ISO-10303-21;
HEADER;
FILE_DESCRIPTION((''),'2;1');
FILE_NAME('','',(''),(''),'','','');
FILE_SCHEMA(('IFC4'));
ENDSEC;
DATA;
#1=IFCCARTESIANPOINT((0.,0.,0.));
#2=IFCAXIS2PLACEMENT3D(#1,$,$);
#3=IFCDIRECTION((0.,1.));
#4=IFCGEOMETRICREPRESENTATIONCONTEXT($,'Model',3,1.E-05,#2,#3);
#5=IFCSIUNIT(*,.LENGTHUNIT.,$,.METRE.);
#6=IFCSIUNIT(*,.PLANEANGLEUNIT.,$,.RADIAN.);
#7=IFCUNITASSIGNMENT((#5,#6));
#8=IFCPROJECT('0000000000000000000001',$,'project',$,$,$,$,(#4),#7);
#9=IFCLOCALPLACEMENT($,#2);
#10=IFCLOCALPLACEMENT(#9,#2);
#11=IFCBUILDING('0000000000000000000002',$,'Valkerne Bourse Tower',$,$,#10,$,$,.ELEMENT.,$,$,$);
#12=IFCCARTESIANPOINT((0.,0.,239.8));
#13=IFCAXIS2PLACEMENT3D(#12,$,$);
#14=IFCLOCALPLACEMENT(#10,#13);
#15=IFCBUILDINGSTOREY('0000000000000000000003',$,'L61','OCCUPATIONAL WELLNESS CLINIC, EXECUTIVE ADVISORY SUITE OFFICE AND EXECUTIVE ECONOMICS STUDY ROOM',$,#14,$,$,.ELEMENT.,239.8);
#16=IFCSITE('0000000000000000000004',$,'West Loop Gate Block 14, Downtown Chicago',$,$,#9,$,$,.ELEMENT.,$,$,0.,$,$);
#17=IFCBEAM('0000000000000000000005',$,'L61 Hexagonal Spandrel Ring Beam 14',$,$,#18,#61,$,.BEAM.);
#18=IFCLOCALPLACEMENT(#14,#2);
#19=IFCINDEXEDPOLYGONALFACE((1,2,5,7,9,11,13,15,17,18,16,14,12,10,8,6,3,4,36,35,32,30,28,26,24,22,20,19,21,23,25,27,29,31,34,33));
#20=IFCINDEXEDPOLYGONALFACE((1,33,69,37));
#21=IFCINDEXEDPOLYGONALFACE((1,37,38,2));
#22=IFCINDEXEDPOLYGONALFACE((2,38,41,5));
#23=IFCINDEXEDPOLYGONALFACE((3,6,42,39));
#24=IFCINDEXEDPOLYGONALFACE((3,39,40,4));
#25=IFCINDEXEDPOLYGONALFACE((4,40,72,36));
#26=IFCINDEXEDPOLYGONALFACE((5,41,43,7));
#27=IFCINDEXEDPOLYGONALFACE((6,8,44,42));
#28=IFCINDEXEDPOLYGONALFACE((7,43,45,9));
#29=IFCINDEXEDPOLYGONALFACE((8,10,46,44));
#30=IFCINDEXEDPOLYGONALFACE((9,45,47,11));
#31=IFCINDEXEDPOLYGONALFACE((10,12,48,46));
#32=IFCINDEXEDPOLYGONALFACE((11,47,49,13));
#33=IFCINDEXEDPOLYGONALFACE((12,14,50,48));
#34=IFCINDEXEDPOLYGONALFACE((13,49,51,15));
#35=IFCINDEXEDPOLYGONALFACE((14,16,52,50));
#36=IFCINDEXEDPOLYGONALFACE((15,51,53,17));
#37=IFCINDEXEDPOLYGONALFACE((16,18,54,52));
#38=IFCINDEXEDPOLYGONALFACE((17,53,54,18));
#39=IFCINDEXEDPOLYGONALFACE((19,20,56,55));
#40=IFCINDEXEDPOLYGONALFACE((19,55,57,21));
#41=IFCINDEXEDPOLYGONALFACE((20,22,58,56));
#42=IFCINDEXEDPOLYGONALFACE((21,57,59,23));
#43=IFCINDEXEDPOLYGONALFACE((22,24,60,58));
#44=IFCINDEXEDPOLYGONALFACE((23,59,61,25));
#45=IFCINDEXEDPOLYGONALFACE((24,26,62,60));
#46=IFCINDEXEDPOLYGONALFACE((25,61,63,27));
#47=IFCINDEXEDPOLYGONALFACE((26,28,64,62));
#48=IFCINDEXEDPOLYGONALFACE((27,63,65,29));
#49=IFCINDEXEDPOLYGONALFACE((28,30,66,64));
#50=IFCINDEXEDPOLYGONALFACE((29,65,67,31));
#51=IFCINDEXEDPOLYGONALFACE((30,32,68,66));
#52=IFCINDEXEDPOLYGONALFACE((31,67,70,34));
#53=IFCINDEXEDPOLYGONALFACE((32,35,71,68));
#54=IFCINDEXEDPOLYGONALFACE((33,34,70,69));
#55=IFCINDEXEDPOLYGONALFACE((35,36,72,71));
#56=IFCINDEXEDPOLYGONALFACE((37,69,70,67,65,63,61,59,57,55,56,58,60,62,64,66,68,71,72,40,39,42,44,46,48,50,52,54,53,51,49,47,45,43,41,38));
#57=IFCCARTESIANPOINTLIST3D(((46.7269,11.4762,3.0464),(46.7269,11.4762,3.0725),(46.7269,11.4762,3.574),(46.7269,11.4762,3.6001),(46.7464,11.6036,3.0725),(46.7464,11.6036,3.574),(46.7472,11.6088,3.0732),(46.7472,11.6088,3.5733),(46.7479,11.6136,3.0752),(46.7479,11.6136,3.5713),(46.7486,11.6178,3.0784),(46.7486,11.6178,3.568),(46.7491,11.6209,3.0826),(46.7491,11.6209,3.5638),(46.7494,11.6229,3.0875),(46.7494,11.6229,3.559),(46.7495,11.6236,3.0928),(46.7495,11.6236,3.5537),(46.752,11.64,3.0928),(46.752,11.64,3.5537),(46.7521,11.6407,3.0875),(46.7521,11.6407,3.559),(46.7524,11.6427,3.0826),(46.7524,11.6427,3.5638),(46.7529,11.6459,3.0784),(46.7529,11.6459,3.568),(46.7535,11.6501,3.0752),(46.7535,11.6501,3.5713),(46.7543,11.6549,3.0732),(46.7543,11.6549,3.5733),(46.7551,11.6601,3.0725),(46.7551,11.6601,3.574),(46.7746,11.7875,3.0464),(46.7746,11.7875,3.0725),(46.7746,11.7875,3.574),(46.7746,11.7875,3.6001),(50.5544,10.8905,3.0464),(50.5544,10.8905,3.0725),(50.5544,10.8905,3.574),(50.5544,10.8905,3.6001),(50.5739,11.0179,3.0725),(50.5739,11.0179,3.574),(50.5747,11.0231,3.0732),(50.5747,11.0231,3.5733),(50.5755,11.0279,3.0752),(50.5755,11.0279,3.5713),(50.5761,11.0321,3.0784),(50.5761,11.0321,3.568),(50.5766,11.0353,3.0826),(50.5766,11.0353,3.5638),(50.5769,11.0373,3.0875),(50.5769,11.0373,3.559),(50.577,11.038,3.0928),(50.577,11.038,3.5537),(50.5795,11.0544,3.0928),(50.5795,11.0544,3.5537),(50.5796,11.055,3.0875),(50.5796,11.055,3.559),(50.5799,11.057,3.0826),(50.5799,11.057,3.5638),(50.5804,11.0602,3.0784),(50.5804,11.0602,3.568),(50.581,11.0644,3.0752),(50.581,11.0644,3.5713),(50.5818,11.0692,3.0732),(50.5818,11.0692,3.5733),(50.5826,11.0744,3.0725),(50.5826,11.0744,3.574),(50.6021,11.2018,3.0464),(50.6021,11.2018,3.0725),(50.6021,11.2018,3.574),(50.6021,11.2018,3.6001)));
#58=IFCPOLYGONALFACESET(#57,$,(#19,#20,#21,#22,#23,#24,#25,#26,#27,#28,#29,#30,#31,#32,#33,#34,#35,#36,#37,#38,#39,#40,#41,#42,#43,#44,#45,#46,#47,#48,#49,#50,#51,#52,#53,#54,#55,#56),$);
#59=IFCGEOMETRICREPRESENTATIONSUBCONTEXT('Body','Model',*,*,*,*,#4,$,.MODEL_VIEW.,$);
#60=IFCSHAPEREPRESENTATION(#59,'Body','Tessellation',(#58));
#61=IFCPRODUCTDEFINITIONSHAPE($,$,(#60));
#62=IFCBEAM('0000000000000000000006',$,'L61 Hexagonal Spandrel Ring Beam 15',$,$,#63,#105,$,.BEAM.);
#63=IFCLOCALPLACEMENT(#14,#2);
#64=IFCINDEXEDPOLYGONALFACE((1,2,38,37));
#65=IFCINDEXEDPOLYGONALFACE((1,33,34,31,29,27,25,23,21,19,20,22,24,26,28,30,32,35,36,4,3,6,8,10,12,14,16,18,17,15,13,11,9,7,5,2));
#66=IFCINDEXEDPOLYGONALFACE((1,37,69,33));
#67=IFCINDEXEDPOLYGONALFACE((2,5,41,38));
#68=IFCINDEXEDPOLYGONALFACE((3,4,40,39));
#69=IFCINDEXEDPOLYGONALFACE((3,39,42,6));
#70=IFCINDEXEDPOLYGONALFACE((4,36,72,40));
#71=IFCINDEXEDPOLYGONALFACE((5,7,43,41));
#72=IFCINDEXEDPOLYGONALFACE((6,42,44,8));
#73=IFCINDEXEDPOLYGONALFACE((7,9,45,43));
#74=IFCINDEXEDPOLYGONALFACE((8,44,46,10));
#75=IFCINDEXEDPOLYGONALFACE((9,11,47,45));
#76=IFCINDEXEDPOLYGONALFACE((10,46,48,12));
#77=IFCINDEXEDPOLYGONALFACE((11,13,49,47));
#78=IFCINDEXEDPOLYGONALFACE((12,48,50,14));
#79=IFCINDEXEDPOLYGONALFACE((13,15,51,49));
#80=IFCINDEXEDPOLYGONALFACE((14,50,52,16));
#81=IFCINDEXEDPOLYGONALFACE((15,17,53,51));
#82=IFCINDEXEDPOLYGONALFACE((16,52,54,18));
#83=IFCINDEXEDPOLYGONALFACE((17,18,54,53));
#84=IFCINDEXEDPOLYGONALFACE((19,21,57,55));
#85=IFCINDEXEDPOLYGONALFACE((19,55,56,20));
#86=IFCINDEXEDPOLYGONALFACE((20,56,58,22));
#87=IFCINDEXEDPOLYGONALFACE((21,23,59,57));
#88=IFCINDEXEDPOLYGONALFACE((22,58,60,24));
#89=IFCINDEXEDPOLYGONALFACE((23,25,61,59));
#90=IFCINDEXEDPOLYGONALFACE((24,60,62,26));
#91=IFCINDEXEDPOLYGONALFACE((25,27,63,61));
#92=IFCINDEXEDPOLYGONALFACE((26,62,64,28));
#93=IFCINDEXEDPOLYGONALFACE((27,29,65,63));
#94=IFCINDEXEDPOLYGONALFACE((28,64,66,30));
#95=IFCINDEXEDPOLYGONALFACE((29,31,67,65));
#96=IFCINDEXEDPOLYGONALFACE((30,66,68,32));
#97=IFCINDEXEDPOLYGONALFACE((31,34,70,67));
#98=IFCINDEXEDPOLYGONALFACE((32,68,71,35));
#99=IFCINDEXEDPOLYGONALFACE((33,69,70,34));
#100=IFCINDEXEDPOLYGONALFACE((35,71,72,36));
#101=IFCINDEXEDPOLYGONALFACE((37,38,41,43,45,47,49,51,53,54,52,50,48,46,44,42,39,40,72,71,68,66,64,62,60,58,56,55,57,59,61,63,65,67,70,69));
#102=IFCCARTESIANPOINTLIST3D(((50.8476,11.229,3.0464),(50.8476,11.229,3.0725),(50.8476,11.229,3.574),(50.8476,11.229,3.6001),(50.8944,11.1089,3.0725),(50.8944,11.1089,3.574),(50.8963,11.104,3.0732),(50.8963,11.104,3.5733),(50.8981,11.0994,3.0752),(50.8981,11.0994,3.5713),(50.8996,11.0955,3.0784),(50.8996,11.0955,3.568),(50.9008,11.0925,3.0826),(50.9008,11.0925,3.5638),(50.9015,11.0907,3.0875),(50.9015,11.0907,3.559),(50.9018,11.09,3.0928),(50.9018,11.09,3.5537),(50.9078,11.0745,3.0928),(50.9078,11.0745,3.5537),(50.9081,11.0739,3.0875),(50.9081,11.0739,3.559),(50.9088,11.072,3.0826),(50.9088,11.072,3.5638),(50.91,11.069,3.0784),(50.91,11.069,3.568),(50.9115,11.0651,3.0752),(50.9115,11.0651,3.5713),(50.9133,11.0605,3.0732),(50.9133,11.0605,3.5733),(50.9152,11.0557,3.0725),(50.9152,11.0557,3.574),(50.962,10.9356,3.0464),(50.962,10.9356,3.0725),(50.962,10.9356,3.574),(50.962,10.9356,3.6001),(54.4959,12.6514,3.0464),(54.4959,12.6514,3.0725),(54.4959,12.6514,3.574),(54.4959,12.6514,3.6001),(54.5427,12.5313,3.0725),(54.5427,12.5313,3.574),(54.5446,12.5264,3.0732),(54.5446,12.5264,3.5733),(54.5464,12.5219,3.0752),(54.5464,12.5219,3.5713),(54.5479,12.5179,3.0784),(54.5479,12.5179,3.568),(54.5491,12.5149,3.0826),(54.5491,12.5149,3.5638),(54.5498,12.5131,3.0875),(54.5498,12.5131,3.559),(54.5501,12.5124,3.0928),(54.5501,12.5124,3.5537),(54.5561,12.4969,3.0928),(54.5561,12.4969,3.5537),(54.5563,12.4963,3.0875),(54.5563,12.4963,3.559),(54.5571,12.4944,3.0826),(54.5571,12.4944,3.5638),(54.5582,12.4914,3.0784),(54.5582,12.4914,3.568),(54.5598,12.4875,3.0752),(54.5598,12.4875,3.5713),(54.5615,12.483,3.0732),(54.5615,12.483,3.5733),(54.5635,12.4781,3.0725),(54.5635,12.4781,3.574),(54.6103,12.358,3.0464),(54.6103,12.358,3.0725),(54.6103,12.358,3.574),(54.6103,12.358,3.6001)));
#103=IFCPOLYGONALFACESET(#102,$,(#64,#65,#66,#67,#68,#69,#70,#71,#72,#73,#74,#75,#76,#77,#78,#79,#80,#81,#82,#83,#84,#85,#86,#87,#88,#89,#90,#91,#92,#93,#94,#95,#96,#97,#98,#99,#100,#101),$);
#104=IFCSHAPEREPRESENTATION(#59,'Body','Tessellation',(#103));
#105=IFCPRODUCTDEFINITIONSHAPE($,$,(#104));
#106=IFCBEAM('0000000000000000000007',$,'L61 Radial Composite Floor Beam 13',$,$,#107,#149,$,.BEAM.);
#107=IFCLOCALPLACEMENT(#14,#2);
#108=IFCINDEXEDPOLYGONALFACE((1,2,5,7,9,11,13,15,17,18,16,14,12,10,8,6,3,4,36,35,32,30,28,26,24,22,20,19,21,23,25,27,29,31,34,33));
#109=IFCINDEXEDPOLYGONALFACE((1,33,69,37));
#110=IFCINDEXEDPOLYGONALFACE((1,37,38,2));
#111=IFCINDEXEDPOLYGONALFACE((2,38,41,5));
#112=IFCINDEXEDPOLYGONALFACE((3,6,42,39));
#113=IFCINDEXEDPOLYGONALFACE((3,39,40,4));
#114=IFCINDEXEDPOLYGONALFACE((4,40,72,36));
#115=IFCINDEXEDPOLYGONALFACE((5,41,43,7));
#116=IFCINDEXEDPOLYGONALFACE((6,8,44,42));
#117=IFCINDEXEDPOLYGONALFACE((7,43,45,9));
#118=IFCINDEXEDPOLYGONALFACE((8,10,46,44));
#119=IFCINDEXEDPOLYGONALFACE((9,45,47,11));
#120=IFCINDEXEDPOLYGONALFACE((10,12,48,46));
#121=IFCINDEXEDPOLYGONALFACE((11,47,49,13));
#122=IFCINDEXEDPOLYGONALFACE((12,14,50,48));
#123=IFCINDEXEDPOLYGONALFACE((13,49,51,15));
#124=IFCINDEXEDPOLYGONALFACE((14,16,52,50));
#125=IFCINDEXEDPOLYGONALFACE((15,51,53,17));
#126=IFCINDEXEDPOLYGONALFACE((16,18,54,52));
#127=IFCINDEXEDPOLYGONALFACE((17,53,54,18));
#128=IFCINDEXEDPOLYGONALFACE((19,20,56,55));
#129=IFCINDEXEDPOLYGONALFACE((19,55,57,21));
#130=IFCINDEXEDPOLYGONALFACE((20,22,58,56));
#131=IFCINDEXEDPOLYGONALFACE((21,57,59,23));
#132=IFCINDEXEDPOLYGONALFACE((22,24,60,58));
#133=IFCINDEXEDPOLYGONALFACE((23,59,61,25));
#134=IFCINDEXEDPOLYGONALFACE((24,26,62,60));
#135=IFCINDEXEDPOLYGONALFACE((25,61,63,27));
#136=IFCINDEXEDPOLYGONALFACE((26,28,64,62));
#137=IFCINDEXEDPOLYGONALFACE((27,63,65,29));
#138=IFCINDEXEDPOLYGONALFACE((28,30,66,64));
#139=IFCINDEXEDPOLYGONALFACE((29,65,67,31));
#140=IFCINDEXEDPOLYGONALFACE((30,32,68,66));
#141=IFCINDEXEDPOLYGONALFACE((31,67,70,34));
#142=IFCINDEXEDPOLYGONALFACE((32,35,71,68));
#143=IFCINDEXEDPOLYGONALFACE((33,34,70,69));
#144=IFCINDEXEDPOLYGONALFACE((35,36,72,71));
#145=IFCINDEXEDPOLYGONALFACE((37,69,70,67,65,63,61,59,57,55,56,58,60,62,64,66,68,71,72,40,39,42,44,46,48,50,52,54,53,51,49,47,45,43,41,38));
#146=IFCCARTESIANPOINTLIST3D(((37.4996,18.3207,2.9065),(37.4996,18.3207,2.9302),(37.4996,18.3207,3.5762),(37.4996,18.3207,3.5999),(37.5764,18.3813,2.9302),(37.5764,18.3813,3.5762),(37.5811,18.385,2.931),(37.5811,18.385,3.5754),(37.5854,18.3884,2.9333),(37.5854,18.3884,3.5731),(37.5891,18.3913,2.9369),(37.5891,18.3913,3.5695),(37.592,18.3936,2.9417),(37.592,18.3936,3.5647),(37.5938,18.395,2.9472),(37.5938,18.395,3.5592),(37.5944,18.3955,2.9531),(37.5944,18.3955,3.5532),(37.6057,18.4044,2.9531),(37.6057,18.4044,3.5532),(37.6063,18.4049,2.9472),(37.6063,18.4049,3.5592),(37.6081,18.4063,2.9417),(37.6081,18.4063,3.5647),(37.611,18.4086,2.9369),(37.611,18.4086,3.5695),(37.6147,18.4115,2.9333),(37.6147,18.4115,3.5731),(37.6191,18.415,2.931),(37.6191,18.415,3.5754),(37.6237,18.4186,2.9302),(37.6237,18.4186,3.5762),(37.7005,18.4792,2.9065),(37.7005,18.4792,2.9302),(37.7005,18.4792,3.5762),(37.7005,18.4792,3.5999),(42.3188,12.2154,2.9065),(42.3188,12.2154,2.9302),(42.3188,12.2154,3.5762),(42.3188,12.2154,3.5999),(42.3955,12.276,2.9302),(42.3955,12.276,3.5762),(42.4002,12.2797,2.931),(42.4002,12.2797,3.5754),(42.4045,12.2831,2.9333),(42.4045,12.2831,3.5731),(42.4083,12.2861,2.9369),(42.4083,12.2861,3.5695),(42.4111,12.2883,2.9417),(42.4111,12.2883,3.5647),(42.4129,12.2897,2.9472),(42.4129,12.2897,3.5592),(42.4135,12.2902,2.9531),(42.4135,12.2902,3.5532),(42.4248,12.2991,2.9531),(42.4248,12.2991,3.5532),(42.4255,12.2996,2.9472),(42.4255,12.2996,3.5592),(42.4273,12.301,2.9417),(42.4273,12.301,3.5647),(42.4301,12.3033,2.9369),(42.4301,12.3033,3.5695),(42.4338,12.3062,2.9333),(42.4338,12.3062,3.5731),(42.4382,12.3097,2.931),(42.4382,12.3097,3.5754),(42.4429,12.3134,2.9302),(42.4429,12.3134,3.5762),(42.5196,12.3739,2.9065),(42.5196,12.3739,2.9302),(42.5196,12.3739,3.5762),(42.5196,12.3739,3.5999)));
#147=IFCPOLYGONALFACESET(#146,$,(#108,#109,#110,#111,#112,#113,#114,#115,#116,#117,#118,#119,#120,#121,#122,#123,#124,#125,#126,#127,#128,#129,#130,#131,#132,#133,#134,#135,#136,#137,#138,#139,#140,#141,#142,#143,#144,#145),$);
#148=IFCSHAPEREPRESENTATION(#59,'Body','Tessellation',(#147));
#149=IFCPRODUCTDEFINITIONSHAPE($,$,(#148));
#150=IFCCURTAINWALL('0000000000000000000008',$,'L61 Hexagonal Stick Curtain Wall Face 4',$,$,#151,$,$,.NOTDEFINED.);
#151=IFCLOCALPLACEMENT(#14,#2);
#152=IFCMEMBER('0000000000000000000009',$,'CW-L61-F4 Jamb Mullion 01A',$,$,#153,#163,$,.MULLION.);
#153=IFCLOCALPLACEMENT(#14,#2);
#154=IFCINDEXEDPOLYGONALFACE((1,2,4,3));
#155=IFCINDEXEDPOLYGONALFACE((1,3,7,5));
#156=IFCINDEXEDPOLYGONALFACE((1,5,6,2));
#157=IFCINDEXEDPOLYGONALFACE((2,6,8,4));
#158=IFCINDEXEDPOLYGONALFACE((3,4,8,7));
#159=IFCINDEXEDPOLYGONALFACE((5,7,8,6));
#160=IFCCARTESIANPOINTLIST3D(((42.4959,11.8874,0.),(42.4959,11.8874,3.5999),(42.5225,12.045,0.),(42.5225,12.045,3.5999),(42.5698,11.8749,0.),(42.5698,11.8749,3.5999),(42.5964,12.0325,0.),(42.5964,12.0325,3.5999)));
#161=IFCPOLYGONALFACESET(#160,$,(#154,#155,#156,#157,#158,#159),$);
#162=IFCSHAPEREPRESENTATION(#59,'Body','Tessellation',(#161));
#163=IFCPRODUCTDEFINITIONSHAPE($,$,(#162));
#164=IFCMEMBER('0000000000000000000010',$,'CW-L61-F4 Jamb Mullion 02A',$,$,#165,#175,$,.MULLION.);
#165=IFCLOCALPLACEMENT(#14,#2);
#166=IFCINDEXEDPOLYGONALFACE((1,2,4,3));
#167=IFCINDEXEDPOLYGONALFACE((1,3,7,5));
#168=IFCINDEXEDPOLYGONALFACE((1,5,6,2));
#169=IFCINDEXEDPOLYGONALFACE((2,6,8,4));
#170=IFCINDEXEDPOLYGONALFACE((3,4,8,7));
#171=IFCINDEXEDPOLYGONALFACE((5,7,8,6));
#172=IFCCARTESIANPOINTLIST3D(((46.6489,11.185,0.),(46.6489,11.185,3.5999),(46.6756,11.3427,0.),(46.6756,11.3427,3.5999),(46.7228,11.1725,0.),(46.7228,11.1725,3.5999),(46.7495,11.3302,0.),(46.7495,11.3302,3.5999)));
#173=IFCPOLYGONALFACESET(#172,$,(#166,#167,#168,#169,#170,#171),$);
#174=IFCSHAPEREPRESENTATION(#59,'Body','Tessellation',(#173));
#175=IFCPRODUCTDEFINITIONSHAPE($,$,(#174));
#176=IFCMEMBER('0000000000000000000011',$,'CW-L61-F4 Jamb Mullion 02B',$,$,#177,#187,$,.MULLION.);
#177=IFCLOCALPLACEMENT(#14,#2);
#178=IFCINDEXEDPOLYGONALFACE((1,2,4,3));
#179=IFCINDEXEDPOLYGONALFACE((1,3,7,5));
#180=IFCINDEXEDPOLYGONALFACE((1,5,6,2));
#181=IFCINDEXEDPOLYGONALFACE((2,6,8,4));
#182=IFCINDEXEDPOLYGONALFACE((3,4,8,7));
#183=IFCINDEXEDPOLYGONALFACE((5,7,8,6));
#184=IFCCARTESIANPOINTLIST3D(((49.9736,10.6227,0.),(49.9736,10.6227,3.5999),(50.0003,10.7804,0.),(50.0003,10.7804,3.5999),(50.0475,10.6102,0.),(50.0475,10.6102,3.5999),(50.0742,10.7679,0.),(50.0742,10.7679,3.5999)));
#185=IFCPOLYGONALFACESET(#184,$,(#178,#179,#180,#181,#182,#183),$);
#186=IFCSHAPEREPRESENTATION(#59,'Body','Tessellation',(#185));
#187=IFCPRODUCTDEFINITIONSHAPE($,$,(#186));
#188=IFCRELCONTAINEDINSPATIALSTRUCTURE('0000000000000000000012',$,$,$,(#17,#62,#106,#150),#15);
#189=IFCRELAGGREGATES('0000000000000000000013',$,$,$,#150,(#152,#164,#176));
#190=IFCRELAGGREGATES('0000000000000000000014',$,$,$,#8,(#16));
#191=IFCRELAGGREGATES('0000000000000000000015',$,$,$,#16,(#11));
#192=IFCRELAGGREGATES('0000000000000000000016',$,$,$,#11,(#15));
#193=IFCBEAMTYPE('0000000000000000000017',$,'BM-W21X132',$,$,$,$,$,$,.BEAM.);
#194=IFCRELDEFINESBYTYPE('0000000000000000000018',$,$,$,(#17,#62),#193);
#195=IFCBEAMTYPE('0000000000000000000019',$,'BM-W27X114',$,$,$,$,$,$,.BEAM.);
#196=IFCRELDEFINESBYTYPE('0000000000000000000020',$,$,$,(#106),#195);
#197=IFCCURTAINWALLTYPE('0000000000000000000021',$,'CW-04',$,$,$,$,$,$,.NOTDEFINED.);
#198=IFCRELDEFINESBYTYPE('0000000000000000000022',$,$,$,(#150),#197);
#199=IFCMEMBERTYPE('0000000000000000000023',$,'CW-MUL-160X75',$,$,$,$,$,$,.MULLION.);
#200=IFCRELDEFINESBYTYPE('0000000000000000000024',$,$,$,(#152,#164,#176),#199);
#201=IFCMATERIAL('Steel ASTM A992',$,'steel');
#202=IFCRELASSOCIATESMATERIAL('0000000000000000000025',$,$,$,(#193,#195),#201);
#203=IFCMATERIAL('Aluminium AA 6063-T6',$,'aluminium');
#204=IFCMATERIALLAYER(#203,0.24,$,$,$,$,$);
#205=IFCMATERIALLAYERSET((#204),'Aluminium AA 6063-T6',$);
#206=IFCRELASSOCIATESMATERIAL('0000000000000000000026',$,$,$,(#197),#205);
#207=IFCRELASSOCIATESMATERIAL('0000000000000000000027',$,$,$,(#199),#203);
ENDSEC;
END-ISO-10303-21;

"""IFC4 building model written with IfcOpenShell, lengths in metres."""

from ifc_helpers import new_model, si_unit, direction, frame, origin, origin_2d, place, context, subcontext, project, spatial, rectangle, i_section, extrude, material, layer, layer_set, material_profile, profile_set, type_object, element, aggregate, save


model = new_model("IFC4")

# Units and contexts
model_context = context("Model", 3, precision=1e-05, world=origin(), true_north=direction((0.0, 1.0)))
body_context = subcontext(model_context, "Body", "Model", "MODEL_VIEW")
ifc_project = project(units=[si_unit("LENGTHUNIT", "METRE"), si_unit("PLANEANGLEUNIT", "RADIAN")], contexts=[model_context])

# Site, building, storey
site_placement = place(None, origin())
site = spatial("IfcSite", under=ifc_project, at=site_placement, Name="West Loop Gate Block 14, Downtown Chicago", CompositionType="ELEMENT", RefElevation=0.0)
building_placement = place(site_placement, origin())
building = spatial("IfcBuilding", under=site, at=building_placement, Name="Valkerne Bourse Tower", CompositionType="ELEMENT")
storey_placement = place(building_placement, frame((0.0, 0.0, 239.8)))
storey = spatial("IfcBuildingStorey", under=building, at=storey_placement, Name="L61", Description="OCCUPATIONAL WELLNESS CLINIC, EXECUTIVE ADVISORY SUITE OFFICE AND EXECUTIVE ECONOMICS STUDY ROOM", CompositionType="ELEMENT", Elevation=239.8)

# Beams
ifc_material_1 = material(Name="Steel ASTM A992", Category="steel")
ifc_material_profile_1 = material_profile(ifc_material_1, i_section(OverallWidth=0.3149, OverallDepth=0.5537, WebThickness=0.0166, FlangeThickness=0.0261, FilletRadius=0.0203, at=origin_2d()), Name="W21X132")
ifc_profile_set_1 = profile_set([ifc_material_profile_1], Name="Steel ASTM A992")
beam_type_1 = type_object("IfcBeamType", Name="BM-W21X132", PredefinedType="BEAM", material=ifc_profile_set_1)
beam_1_placement = place(storey_placement, frame((46.7507, 11.6318, 3.3232), z_axis=(0.988495, -0.151256, 0.0), x_axis=(0.151256, 0.988495, 0.0)))
element("IfcBeam", 1, at=beam_1_placement, inside=storey, type_object=beam_type_1, Name="L61 Hexagonal Spandrel Ring Beam 14", PredefinedType="BEAM", context=body_context, shape_type="SweptSolid", body=[
    extrude(i_section(OverallWidth=0.3149, OverallDepth=0.5537, WebThickness=0.0166, FlangeThickness=0.0261, FilletRadius=0.0203, at=origin_2d()), origin(), (0.0, 0.0, 1.0), 3.8721),
])
beam_2_placement = place(storey_placement, frame((50.9048, 11.0823, 3.3232), z_axis=(0.931692, 0.363249, 0.0), x_axis=(-0.363249, 0.931692, 0.0)))
element("IfcBeam", 2, at=beam_2_placement, inside=storey, type_object=beam_type_1, Name="L61 Hexagonal Spandrel Ring Beam 15", PredefinedType="BEAM", context=body_context, shape_type="SweptSolid", body=[
    extrude(i_section(OverallWidth=0.3149, OverallDepth=0.5537, WebThickness=0.0166, FlangeThickness=0.0261, FilletRadius=0.0203, at=origin_2d()), origin(), (0.0, 0.0, 1.0), 3.9158),
])
ifc_material_profile_2 = material_profile(ifc_material_1, i_section(OverallWidth=0.2559, OverallDepth=0.6934, WebThickness=0.0144, FlangeThickness=0.0237, FilletRadius=0.0229, at=origin_2d()), Name="W27X114")
ifc_profile_set_2 = profile_set([ifc_material_profile_2], Name="Steel ASTM A992")
beam_type_2 = type_object("IfcBeamType", Name="BM-W27X114", PredefinedType="BEAM", material=ifc_profile_set_2)
beam_3_placement = place(storey_placement, frame((42.4192, 12.2947, 3.2532), z_axis=(-0.619579, 0.784934, 0.0), x_axis=(-0.784934, -0.619579, 0.0)))
element("IfcBeam", 3, at=beam_3_placement, inside=storey, type_object=beam_type_2, Name="L61 Radial Composite Floor Beam 13", PredefinedType="BEAM", context=body_context, shape_type="SweptSolid", body=[
    extrude(i_section(OverallWidth=0.2559, OverallDepth=0.6934, WebThickness=0.0144, FlangeThickness=0.0237, FilletRadius=0.0229, at=origin_2d()), origin(), (0.0, 0.0, 1.0), 7.7781),
])

# Curtain wall, members
ifc_material_2 = material(Name="Aluminium AA 6063-T6", Category="aluminium")
ifc_layer_1 = layer(ifc_material_2, 0.24)
ifc_layer_set_1 = layer_set([ifc_layer_1], Name="Aluminium AA 6063-T6")
curtain_wall_type = type_object("IfcCurtainWallType", Name="CW-04", PredefinedType="NOTDEFINED", material=ifc_layer_set_1)
curtain_wall_placement = place(storey_placement, origin())
curtain_wall = element("IfcCurtainWall", 4, at=curtain_wall_placement, inside=storey, type_object=curtain_wall_type, Name="L61 Hexagonal Stick Curtain Wall Face 4", PredefinedType="NOTDEFINED")
ifc_material_profile_3 = material_profile(ifc_material_2, rectangle(XDim=0.075, YDim=0.1599, at=origin_2d()), Name="CWM-75X160")
ifc_profile_set_3 = profile_set([ifc_material_profile_3], Name="Aluminium AA 6063-T6")
member_type_1 = type_object("IfcMemberType", Name="CW-MUL-160X75", PredefinedType="MULLION", material=ifc_profile_set_3)
member_1_placement = place(storey_placement, frame((42.5461, 11.96, 0.0), z_axis=(0.0, 0.0, 1.0), x_axis=(0.985997, -0.166762, 0.0)))
member_1 = element("IfcMember", 5, at=member_1_placement, type_object=member_type_1, Name="CW-L61-F4 Jamb Mullion 01A", PredefinedType="MULLION", context=body_context, shape_type="SweptSolid", body=[
    extrude(rectangle(XDim=0.075, YDim=0.1599, at=origin_2d()), origin(), (0.0, 0.0, 1.0), 3.5999),
])
member_2_placement = place(storey_placement, frame((46.6992, 11.2576, 0.0), z_axis=(0.0, 0.0, 1.0), x_axis=(0.985997, -0.166762, 0.0)))
member_2 = element("IfcMember", 6, at=member_2_placement, type_object=member_type_1, Name="CW-L61-F4 Jamb Mullion 02A", PredefinedType="MULLION", context=body_context, shape_type="SweptSolid", body=[
    extrude(rectangle(XDim=0.075, YDim=0.1599, at=origin_2d()), origin(), (0.0, 0.0, 1.0), 3.5999),
])
member_3_placement = place(storey_placement, frame((50.0239, 10.6953, 0.0), z_axis=(0.0, 0.0, 1.0), x_axis=(0.985997, -0.166762, 0.0)))
member_3 = element("IfcMember", 7, at=member_3_placement, type_object=member_type_1, Name="CW-L61-F4 Jamb Mullion 02B", PredefinedType="MULLION", context=body_context, shape_type="SweptSolid", body=[
    extrude(rectangle(XDim=0.075, YDim=0.1599, at=origin_2d()), origin(), (0.0, 0.0, 1.0), 3.5999),
])

aggregate(curtain_wall, [member_1, member_2, member_3])

save(model, "model.ifc")
